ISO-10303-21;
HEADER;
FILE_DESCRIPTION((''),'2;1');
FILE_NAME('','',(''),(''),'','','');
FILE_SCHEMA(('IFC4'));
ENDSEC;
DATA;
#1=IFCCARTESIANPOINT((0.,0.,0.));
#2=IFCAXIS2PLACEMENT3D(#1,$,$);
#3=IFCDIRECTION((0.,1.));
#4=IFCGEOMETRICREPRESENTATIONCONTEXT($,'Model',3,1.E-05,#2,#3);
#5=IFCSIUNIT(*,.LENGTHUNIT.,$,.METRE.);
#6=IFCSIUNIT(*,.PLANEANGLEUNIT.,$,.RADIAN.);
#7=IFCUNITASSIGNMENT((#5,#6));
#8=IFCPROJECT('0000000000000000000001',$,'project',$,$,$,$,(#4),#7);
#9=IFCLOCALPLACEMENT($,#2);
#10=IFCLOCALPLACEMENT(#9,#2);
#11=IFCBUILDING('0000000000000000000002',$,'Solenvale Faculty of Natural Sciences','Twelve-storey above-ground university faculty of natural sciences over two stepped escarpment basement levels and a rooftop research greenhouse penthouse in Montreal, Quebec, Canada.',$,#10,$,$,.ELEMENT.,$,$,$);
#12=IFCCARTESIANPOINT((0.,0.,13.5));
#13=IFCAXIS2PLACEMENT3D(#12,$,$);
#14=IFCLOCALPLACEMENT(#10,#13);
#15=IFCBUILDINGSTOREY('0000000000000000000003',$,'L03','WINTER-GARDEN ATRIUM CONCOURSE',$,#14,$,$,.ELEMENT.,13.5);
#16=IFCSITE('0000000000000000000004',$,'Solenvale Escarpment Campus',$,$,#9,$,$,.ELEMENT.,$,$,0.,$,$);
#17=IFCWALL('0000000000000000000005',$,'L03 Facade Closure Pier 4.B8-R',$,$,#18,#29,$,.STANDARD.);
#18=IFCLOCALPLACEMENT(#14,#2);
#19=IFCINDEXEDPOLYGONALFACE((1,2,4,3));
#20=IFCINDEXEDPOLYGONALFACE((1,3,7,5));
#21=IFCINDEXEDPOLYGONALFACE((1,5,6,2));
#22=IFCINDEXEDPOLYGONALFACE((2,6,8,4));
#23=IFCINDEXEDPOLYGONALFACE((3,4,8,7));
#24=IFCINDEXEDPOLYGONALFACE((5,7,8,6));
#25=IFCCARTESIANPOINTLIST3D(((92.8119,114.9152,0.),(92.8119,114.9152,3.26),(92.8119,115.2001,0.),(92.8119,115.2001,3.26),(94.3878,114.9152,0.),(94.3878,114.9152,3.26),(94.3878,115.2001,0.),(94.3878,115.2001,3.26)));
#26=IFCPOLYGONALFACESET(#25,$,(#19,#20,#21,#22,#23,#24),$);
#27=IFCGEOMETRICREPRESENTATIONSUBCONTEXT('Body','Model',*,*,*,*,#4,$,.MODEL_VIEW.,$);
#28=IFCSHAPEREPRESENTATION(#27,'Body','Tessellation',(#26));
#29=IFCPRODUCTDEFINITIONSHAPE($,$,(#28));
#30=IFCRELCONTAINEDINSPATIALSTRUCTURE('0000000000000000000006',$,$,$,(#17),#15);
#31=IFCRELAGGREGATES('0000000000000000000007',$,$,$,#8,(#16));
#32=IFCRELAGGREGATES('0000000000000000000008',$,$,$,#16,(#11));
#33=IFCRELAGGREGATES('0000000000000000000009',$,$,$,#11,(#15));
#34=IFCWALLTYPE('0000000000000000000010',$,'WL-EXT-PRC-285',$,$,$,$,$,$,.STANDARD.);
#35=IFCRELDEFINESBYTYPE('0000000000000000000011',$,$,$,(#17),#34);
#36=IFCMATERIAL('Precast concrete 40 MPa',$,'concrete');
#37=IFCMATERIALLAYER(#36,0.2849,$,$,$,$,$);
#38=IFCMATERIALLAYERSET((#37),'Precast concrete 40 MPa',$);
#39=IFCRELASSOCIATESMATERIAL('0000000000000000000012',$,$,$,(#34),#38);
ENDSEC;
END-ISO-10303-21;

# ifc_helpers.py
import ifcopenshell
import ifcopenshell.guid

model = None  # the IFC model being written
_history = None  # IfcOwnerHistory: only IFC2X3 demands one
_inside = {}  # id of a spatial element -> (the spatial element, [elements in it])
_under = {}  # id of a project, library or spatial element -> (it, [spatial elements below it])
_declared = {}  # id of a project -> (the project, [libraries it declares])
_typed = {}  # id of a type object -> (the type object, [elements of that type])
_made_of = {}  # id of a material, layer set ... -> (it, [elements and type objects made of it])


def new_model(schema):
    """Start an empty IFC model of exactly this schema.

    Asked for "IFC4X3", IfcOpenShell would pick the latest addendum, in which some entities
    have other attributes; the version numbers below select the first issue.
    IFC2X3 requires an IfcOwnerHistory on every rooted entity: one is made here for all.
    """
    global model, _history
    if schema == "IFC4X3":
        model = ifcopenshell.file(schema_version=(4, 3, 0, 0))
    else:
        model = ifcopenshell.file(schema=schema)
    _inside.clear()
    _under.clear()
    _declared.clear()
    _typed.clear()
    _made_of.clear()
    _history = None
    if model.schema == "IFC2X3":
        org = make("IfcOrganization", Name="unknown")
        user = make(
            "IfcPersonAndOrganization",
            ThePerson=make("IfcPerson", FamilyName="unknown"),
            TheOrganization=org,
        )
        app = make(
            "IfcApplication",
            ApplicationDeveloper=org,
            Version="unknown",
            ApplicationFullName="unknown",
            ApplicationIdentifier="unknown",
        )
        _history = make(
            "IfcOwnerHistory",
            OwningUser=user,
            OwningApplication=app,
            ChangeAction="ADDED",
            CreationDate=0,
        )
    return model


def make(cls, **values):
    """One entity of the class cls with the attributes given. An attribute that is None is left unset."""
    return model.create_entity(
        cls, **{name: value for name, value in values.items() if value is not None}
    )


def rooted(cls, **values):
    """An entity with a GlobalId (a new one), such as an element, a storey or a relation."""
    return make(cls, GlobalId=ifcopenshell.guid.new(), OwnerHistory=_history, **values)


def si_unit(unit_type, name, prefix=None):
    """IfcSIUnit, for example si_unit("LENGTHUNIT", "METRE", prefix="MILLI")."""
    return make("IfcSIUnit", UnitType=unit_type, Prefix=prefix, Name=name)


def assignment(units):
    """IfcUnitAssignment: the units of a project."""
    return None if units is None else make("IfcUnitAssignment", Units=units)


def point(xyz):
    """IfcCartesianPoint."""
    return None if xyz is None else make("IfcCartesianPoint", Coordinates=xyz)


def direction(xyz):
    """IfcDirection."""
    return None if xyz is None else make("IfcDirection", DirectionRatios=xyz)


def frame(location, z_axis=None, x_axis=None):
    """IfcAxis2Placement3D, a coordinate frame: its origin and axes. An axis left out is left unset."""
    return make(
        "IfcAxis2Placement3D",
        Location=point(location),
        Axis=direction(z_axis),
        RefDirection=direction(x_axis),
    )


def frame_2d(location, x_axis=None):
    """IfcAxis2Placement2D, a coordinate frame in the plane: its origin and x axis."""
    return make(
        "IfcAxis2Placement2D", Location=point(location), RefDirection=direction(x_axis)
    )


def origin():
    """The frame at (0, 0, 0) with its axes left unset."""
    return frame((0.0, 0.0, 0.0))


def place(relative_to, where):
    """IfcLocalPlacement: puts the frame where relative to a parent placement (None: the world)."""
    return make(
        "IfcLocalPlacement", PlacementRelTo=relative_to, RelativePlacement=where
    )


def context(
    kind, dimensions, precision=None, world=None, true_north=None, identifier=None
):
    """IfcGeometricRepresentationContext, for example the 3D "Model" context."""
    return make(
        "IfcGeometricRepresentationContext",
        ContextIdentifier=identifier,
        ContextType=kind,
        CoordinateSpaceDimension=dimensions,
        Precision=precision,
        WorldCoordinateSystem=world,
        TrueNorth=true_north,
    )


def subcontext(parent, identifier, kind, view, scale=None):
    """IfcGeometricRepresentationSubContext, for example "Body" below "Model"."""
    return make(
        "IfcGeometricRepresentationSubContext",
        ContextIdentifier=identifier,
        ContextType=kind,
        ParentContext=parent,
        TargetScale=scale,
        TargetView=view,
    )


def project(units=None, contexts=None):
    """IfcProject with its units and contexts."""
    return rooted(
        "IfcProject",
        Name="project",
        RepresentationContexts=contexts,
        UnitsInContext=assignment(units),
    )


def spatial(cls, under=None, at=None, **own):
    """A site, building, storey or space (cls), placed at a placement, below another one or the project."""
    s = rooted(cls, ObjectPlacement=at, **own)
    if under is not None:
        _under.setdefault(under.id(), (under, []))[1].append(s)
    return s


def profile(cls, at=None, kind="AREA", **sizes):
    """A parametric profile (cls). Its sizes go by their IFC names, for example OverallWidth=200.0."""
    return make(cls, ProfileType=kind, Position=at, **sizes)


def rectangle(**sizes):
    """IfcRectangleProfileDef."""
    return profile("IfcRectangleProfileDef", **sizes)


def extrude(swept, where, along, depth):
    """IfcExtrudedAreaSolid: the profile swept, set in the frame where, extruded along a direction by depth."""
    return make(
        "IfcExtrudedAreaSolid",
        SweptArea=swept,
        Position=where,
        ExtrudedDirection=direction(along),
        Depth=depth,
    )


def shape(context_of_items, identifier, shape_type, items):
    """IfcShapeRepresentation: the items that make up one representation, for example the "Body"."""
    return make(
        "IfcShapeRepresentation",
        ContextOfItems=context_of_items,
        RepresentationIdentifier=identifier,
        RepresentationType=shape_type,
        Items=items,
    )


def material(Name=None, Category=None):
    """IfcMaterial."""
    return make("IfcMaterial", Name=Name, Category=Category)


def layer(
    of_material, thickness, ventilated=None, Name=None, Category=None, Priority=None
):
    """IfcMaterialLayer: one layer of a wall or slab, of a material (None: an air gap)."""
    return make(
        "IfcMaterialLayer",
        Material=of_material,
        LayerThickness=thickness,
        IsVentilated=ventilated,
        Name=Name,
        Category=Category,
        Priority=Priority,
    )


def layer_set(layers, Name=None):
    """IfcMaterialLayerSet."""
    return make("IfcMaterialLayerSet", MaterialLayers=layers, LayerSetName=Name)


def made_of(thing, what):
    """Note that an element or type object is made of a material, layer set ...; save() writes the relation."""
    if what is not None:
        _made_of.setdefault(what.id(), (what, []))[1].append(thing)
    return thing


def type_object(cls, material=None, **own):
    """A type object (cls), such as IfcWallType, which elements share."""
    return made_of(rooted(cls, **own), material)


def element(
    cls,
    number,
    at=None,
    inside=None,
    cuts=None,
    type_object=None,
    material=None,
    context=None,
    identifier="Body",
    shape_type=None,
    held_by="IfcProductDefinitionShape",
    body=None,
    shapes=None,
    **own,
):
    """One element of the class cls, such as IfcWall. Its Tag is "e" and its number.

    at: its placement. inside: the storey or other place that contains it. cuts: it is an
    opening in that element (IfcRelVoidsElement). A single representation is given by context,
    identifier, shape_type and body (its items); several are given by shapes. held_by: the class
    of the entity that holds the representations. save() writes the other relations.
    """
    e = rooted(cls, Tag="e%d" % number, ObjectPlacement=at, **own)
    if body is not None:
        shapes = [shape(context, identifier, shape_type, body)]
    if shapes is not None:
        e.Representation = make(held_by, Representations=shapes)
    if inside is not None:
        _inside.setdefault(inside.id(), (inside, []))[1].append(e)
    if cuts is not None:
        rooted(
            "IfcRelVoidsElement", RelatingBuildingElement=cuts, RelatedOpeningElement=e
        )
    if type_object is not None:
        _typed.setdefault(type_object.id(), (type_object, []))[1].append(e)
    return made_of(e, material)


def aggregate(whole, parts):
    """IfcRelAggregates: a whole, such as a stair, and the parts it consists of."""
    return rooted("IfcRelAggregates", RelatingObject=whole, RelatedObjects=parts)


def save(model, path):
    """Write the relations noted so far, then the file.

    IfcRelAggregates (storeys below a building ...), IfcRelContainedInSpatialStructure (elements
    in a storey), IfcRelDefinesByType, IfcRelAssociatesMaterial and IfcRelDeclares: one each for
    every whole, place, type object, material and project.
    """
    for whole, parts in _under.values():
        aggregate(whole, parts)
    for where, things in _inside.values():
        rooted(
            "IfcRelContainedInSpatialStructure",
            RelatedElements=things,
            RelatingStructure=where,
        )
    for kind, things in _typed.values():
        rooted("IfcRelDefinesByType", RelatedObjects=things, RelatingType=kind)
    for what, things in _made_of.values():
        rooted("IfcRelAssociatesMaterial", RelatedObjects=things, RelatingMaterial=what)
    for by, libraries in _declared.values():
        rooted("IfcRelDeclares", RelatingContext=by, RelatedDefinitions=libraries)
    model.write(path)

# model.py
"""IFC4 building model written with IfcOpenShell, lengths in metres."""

from ifc_helpers import new_model, si_unit, direction, frame, frame_2d, origin, place, context, subcontext, project, spatial, rectangle, extrude, material, layer, layer_set, type_object, element, save


model = new_model("IFC4")

# Units and contexts
model_context = context("Model", 3, precision=1e-05, world=origin(), true_north=direction((0.0, 1.0)))
body_context = subcontext(model_context, "Body", "Model", "MODEL_VIEW")
ifc_project = project(units=[si_unit("LENGTHUNIT", "METRE"), si_unit("PLANEANGLEUNIT", "RADIAN")], contexts=[model_context])

# Site, building, storey
site_placement = place(None, origin())
site = spatial("IfcSite", under=ifc_project, at=site_placement, Name="Solenvale Escarpment Campus", CompositionType="ELEMENT", RefElevation=0.0)
building_placement = place(site_placement, origin())
building = spatial("IfcBuilding", under=site, at=building_placement, Name="Solenvale Faculty of Natural Sciences", Description="Twelve-storey above-ground university faculty of natural sciences over two stepped escarpment basement levels and a rooftop research greenhouse penthouse in Montreal, Quebec, Canada.", CompositionType="ELEMENT")
storey_placement = place(building_placement, frame((0.0, 0.0, 13.5)))
storey = spatial("IfcBuildingStorey", under=building, at=storey_placement, Name="L03", Description="WINTER-GARDEN ATRIUM CONCOURSE", CompositionType="ELEMENT", Elevation=13.5)

# Shared definitions
ifc_material_1 = material(Name="Precast concrete 40 MPa", Category="concrete")

# Wall
ifc_layer_1 = layer(ifc_material_1, 0.2849)
ifc_layer_set_1 = layer_set([ifc_layer_1], Name="Precast concrete 40 MPa")
wall_type = type_object("IfcWallType", Name="WL-EXT-PRC-285", PredefinedType="STANDARD", material=ifc_layer_set_1)
wall_placement = place(storey_placement, frame((94.3879, 115.0576, 0.0), z_axis=(0.0, 0.0, 1.0), x_axis=(-1.0, 0.0, 0.0)))
element("IfcWall", 1, at=wall_placement, inside=storey, type_object=wall_type, Name="L03 Facade Closure Pier 4.B8-R", PredefinedType="STANDARD", context=body_context, shape_type="SweptSolid", body=[
    extrude(rectangle(XDim=1.5759, YDim=0.2849, at=frame_2d((0.7881, 0.0))), origin(), (0.0, 0.0, 1.0), 3.26),
])

save(model, "model.ifc")
